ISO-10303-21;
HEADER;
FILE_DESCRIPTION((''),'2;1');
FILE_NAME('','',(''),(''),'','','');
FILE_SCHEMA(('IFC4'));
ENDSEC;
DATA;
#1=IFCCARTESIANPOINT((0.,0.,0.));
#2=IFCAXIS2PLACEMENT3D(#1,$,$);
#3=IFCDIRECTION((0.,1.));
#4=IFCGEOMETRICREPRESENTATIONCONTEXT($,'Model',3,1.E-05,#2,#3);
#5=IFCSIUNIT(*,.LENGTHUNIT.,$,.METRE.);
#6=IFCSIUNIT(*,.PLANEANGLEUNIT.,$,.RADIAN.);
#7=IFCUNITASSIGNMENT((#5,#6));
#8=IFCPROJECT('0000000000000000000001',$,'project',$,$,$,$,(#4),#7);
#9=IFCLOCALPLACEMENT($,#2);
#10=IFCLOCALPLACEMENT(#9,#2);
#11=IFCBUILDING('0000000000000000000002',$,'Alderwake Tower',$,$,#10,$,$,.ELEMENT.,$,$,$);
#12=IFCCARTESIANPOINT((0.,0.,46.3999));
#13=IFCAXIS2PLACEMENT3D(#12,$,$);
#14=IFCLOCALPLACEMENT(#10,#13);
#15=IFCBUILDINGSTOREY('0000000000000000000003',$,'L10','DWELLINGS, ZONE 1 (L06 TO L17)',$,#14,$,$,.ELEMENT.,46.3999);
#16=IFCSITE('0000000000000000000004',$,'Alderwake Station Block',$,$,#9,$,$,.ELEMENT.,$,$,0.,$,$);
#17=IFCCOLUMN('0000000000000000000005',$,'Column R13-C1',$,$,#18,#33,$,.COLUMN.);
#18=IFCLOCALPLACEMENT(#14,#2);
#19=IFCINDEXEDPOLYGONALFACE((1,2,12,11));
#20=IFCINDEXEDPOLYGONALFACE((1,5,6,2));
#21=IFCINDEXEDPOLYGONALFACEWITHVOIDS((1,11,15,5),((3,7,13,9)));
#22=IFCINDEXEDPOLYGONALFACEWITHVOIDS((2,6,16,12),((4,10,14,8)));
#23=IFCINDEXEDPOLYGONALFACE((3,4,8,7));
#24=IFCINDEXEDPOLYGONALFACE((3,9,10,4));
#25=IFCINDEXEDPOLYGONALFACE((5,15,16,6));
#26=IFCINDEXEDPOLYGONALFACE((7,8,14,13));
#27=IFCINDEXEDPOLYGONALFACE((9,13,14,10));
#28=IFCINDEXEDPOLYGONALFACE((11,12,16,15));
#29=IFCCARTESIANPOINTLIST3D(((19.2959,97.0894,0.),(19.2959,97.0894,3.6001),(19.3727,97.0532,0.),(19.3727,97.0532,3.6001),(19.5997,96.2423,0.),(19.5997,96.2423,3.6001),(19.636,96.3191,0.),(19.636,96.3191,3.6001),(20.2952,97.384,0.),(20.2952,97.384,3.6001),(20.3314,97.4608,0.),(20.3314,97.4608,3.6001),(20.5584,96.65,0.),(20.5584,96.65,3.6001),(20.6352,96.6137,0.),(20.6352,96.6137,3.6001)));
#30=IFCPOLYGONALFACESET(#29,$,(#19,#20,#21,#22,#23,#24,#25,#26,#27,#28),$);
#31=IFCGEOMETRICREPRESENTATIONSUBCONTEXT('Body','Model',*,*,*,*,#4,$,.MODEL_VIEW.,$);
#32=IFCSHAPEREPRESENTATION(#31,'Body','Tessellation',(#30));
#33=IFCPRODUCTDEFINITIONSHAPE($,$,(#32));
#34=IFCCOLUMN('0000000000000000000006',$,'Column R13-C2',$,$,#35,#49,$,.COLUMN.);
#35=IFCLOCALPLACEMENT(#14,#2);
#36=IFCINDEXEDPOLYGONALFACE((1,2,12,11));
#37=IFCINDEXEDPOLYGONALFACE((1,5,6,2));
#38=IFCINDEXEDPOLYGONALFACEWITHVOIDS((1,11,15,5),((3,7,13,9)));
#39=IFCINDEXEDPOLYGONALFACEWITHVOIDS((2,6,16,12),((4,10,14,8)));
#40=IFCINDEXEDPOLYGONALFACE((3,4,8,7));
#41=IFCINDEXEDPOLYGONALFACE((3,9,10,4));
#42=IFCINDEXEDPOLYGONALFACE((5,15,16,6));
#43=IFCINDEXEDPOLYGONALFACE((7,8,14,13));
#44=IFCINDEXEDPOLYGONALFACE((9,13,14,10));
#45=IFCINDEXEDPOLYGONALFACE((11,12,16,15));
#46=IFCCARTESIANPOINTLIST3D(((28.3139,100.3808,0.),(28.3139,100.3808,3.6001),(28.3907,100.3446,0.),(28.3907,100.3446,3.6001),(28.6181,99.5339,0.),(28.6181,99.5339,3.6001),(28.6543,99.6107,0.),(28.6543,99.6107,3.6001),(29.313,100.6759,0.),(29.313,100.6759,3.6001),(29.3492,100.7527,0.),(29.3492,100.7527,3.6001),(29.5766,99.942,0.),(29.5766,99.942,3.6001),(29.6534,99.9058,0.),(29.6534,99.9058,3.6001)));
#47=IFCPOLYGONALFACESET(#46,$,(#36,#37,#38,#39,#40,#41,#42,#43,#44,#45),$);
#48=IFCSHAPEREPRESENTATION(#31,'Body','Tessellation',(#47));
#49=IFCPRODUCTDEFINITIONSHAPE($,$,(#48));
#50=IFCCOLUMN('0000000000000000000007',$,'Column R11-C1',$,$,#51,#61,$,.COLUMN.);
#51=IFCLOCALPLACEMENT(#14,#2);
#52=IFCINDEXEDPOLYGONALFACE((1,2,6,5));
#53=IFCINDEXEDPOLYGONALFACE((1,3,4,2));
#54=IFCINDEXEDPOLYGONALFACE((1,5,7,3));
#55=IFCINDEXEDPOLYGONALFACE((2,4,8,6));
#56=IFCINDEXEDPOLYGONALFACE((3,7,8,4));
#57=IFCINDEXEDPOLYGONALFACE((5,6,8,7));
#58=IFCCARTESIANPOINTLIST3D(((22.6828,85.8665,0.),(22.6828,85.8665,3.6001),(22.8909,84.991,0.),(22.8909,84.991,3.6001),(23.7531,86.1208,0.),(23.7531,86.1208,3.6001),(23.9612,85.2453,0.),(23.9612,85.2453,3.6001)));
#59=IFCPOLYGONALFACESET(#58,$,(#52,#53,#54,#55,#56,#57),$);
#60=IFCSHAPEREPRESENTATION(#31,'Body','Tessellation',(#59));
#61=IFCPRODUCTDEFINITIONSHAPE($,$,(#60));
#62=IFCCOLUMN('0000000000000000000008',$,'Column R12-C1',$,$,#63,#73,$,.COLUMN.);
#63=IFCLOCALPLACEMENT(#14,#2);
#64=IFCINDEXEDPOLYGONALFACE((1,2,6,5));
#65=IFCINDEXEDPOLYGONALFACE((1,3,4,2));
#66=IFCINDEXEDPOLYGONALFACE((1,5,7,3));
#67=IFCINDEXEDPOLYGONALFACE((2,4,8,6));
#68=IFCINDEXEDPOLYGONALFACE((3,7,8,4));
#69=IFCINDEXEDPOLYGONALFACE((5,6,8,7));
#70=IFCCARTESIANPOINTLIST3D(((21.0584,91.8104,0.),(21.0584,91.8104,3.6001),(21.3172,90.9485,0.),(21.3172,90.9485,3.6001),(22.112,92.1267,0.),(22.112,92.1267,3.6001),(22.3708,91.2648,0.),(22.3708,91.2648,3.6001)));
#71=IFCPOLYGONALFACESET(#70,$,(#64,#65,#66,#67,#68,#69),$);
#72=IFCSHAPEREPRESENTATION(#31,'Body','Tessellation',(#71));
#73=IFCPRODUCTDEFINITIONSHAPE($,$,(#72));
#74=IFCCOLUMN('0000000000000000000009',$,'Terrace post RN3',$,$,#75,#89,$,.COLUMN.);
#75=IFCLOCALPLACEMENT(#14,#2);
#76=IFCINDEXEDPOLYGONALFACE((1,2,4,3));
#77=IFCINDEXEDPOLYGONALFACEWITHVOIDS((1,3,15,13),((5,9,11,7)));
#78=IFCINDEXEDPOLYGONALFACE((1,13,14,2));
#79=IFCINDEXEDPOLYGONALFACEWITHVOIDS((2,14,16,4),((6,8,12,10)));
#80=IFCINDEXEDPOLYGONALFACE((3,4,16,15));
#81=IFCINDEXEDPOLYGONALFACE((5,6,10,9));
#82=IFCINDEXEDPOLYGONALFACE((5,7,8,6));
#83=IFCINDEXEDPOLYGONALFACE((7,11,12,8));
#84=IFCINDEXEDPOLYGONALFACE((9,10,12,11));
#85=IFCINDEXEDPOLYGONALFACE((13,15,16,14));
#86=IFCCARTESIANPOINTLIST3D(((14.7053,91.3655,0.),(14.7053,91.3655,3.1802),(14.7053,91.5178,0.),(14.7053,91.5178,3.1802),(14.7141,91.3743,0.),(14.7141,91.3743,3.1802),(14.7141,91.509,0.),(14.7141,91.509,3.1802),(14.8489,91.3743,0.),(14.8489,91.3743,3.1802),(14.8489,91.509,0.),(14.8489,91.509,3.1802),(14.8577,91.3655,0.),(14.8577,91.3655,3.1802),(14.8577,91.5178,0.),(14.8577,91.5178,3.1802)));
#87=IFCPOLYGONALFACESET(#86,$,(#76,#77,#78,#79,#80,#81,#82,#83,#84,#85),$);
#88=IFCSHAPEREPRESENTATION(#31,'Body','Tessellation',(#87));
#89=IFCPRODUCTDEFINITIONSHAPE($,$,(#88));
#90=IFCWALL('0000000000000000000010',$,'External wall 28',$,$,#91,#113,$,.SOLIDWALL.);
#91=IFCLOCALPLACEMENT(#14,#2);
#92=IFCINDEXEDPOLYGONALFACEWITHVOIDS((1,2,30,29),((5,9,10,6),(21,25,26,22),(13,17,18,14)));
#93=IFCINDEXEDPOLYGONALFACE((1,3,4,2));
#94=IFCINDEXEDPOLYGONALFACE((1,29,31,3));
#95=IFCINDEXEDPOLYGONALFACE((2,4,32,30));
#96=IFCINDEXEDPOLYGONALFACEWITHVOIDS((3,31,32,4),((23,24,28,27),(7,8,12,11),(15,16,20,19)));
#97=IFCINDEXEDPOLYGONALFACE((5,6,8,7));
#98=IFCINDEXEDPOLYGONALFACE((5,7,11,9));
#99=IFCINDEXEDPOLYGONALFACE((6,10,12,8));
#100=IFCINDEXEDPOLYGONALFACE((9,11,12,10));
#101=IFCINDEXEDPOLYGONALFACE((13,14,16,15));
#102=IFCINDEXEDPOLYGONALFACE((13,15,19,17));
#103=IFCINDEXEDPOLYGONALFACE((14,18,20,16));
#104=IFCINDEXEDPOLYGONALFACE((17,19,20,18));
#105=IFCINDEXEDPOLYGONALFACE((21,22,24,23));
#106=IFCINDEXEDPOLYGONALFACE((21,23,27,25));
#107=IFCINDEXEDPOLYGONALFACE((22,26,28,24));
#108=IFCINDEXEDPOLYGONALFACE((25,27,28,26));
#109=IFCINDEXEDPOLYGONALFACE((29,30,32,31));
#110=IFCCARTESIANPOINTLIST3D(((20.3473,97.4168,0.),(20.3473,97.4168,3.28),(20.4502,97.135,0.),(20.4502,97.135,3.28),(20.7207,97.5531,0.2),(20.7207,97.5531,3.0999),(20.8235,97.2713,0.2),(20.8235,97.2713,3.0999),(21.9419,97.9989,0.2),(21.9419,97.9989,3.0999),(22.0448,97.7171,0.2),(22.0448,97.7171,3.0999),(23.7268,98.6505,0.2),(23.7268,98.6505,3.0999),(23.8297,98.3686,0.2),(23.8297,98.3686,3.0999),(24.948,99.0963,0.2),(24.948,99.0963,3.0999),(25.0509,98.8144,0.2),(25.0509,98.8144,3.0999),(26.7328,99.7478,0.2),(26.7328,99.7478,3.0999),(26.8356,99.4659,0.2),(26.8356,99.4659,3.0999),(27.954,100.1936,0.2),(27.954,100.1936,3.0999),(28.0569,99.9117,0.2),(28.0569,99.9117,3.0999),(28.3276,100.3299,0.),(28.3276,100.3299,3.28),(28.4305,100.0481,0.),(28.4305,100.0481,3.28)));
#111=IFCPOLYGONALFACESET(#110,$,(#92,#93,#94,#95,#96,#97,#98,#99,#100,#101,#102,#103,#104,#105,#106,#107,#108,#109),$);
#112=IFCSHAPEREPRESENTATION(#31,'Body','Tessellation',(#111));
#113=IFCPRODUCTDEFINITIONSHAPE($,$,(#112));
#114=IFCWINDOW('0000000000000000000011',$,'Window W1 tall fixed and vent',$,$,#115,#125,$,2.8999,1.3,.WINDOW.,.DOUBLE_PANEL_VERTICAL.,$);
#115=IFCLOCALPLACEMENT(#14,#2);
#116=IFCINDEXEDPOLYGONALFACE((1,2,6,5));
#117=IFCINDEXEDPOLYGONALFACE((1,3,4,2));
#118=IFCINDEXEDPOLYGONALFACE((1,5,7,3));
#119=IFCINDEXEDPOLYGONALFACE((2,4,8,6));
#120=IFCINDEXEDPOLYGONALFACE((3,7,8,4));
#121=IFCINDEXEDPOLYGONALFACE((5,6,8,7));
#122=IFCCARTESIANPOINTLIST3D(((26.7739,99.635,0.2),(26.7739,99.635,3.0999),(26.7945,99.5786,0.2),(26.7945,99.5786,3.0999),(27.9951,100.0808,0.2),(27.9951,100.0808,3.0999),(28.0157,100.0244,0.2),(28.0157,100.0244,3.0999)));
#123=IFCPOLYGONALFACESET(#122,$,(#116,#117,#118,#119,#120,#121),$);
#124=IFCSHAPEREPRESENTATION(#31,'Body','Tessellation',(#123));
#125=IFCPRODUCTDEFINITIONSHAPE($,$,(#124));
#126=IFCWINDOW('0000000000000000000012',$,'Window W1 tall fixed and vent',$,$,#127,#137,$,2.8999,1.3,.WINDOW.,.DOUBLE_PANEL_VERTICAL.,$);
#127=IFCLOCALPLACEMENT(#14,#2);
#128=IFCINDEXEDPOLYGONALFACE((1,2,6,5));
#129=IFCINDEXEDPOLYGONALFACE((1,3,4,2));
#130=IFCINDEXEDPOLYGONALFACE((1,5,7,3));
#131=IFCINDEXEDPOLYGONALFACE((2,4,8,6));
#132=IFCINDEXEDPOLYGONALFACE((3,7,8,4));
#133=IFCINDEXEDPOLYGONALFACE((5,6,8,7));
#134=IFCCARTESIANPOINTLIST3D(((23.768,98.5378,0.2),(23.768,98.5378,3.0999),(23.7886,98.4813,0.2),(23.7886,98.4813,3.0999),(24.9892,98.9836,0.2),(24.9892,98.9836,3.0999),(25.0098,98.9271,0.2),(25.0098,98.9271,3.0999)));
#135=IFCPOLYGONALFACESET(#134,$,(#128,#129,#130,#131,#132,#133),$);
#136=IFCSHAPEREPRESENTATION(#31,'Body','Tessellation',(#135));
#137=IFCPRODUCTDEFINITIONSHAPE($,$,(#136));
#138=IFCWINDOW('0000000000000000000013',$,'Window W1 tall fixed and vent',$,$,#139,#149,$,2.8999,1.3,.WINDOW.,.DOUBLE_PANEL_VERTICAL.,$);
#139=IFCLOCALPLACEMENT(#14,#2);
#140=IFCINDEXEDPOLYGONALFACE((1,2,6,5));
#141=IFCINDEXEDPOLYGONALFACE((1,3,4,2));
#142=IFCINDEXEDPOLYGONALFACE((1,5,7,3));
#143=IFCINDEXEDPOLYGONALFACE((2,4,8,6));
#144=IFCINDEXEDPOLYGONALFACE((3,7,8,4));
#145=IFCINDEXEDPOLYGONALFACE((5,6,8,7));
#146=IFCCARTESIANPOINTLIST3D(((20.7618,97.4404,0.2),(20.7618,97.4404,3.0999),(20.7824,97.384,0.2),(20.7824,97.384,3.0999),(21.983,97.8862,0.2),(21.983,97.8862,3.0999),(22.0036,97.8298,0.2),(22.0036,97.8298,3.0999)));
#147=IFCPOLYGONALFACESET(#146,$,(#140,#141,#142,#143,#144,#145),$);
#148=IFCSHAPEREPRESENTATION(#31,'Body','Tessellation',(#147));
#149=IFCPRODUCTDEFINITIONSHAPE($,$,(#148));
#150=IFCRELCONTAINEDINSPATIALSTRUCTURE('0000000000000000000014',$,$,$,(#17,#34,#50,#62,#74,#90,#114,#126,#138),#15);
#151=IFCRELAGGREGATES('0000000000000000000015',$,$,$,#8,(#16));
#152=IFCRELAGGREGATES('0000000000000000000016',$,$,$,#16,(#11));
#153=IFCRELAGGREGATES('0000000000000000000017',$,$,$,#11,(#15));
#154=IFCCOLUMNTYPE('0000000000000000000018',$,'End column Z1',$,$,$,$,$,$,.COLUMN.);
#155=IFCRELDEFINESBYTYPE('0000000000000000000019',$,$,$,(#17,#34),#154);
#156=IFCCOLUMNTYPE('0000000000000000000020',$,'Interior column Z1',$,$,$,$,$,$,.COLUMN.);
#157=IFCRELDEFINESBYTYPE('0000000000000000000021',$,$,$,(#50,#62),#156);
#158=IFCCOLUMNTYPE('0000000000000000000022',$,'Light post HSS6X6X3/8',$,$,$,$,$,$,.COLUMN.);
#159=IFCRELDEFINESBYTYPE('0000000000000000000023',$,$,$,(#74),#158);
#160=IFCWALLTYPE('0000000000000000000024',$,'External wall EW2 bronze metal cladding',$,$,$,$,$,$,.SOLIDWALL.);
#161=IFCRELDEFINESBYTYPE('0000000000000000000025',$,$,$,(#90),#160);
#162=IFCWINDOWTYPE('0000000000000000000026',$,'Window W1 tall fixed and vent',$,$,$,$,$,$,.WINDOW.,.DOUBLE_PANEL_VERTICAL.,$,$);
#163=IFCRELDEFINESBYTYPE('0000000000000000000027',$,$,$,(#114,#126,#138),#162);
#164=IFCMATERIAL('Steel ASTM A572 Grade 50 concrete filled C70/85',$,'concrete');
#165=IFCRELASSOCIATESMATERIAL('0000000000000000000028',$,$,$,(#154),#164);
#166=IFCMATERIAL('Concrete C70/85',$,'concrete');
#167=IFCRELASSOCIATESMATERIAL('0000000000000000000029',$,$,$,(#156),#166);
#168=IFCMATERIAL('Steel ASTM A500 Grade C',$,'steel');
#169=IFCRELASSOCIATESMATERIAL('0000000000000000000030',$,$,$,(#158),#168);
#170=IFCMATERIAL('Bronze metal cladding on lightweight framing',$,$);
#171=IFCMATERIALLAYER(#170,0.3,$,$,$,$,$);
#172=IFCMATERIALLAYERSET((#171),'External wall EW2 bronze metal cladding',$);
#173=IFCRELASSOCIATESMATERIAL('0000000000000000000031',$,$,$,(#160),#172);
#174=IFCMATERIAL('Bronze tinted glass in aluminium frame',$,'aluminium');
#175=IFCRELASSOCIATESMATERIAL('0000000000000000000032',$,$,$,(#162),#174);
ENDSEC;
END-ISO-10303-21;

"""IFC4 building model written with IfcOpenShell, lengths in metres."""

from ifc_helpers import new_model, si_unit, direction, frame, frame_2d, origin, origin_2d, place, context, subcontext, project, spatial, rectangle, hollow_rectangle, extrude, material, layer, layer_set, material_profile, profile_set, type_object, element, fill, save


model = new_model("IFC4")

# Units and contexts
model_context = context("Model", 3, precision=1e-05, world=origin(), true_north=direction((0.0, 1.0)))
body_context = subcontext(model_context, "Body", "Model", "MODEL_VIEW")
ifc_project = project(units=[si_unit("LENGTHUNIT", "METRE"), si_unit("PLANEANGLEUNIT", "RADIAN")], contexts=[model_context])

# Site, building, storey
site_placement = place(None, origin())
site = spatial("IfcSite", under=ifc_project, at=site_placement, Name="Alderwake Station Block", CompositionType="ELEMENT", RefElevation=0.0)
building_placement = place(site_placement, origin())
building = spatial("IfcBuilding", under=site, at=building_placement, Name="Alderwake Tower", CompositionType="ELEMENT")
storey_placement = place(building_placement, frame((0.0, 0.0, 46.3999)))
storey = spatial("IfcBuildingStorey", under=building, at=storey_placement, Name="L10", Description="DWELLINGS, ZONE 1 (L06 TO L17)", CompositionType="ELEMENT", Elevation=46.3999)

# Columns
ifc_material_1 = material(Name="Steel ASTM A572 Grade 50 concrete filled C70/85", Category="concrete")
ifc_material_profile_1 = material_profile(ifc_material_1, hollow_rectangle(XDim=0.8999, YDim=1.1001, WallThickness=0.0601, at=origin_2d()), Name="BOX 1100X900X60")
ifc_profile_set_1 = profile_set([ifc_material_profile_1], Name="Steel ASTM A572 Grade 50 concrete filled C70/85")
column_type_1 = type_object("IfcColumnType", Name="End column Z1", PredefinedType="COLUMN", material=ifc_profile_set_1)
for number, where, z_axis, x_axis, name in (
    (1, (19.9656, 96.8516, 0.0), (0.0, 0.0, 1.0), (-0.337585, 0.941295, 0.0), "Column R13-C1"),
    (2, (28.9836, 100.1433, 0.0), (0.0, 0.0, 1.0), (-0.338027, 0.941136, 0.0), "Column R13-C2"),
):
    element("IfcColumn", number, at=place(storey_placement, frame(where, z_axis=z_axis, x_axis=x_axis)), inside=storey, type_object=column_type_1, Name=name, PredefinedType="COLUMN", context=body_context, shape_type="SweptSolid", body=[
        extrude(hollow_rectangle(XDim=0.8999, YDim=1.1001, WallThickness=0.0601, at=origin_2d()), origin(), (0.0, 0.0, 1.0), 3.6001),
    ])
ifc_material_2 = material(Name="Concrete C70/85", Category="concrete")
ifc_material_profile_2 = material_profile(ifc_material_2, rectangle(XDim=0.8999, YDim=1.1001, at=origin_2d()), Name="RC 1100X900")
ifc_profile_set_2 = profile_set([ifc_material_profile_2], Name="Concrete C70/85")
column_type_2 = type_object("IfcColumnType", Name="Interior column Z1", PredefinedType="COLUMN", material=ifc_profile_set_2)
for number, where, z_axis, x_axis, name in (
    (3, (23.322, 85.5559, 0.0), (0.0, 0.0, 1.0), (-0.231222, 0.972901, 0.0), "Column R11-C1"),
    (4, (21.7146, 91.5376, 0.0), (0.0, 0.0, 1.0), (-0.287549, 0.957766, 0.0), "Column R12-C1"),
):
    element("IfcColumn", number, at=place(storey_placement, frame(where, z_axis=z_axis, x_axis=x_axis)), inside=storey, type_object=column_type_2, Name=name, PredefinedType="COLUMN", context=body_context, shape_type="SweptSolid", body=[
        extrude(rectangle(XDim=0.8999, YDim=1.1001, at=origin_2d()), origin(), (0.0, 0.0, 1.0), 3.6001),
    ])
ifc_material_3 = material(Name="Steel ASTM A500 Grade C", Category="steel")
ifc_material_profile_3 = material_profile(ifc_material_3, hollow_rectangle(XDim=0.1523, YDim=0.1523, WallThickness=0.0088, at=origin_2d()), Name="HSS6X6X3/8")
ifc_profile_set_3 = profile_set([ifc_material_profile_3], Name="Steel ASTM A500 Grade C")
column_type_3 = type_object("IfcColumnType", Name="Light post HSS6X6X3/8", PredefinedType="COLUMN", material=ifc_profile_set_3)
column_placement = place(storey_placement, frame((14.7815, 91.4417, 0.0), z_axis=(0.0, 0.0, 1.0), x_axis=(1.0, 0.0, 0.0)))
element("IfcColumn", 5, at=column_placement, inside=storey, type_object=column_type_3, Name="Terrace post RN3", PredefinedType="COLUMN", context=body_context, shape_type="SweptSolid", body=[
    extrude(hollow_rectangle(XDim=0.1523, YDim=0.1523, WallThickness=0.0088, at=origin_2d()), origin(), (0.0, 0.0, 1.0), 3.1802),
])

# Wall, openings, windows
ifc_material_4 = material(Name="Bronze metal cladding on lightweight framing")
ifc_layer_1 = layer(ifc_material_4, 0.3)
ifc_layer_set_1 = layer_set([ifc_layer_1], Name="External wall EW2 bronze metal cladding")
wall_type_1 = type_object("IfcWallType", Name="External wall EW2 bronze metal cladding", PredefinedType="SOLIDWALL", material=ifc_layer_set_1)
wall_1_placement = place(storey_placement, frame((28.3789, 100.189, 0.0), z_axis=(0.0, 0.0, 1.0), x_axis=(-0.93937, -0.342906, 0.0)))
wall_1 = element("IfcWall", 6, at=wall_1_placement, inside=storey, type_object=wall_type_1, Name="External wall 28", PredefinedType="SOLIDWALL", context=body_context, shape_type="SweptSolid", body=[
    extrude(rectangle(XDim=8.4954, YDim=0.3, at=frame_2d((4.2476, 0.0))), origin(), (0.0, 0.0, 1.0), 3.28),
])
opening_1_placement = place(wall_1_placement, frame((0.3977, 0.0, 0.2)))
opening_1 = element("IfcOpeningElement", 7, at=opening_1_placement, cuts=wall_1, PredefinedType="OPENING", context=body_context, shape_type="SweptSolid", body=[
    extrude(rectangle(XDim=1.3, YDim=2.8999, at=frame_2d((0.6499, 1.45))), frame((0.0, 0.1599, 0.0), z_axis=(0.0, -1.0, 0.0), x_axis=(1.0, 0.0, 0.0)), (0.0, 0.0, 1.0), 0.3201),
])
opening_2_placement = place(wall_1_placement, frame((3.5977, 0.0, 0.2)))
opening_2 = element("IfcOpeningElement", 8, at=opening_2_placement, cuts=wall_1, PredefinedType="OPENING", context=body_context, shape_type="SweptSolid", body=[
    extrude(rectangle(XDim=1.3, YDim=2.8999, at=frame_2d((0.6499, 1.45))), frame((0.0, 0.1599, 0.0), z_axis=(0.0, -1.0, 0.0), x_axis=(1.0, 0.0, 0.0)), (0.0, 0.0, 1.0), 0.3201),
])
opening_3_placement = place(wall_1_placement, frame((6.7979, 0.0, 0.2)))
opening_3 = element("IfcOpeningElement", 9, at=opening_3_placement, cuts=wall_1, PredefinedType="OPENING", context=body_context, shape_type="SweptSolid", body=[
    extrude(rectangle(XDim=1.3, YDim=2.8999, at=frame_2d((0.6499, 1.45))), frame((0.0, 0.1599, 0.0), z_axis=(0.0, -1.0, 0.0), x_axis=(1.0, 0.0, 0.0)), (0.0, 0.0, 1.0), 0.3201),
])
ifc_material_5 = material(Name="Bronze tinted glass in aluminium frame", Category="aluminium")
window_type = type_object("IfcWindowType", Name="Window W1 tall fixed and vent", PartitioningType="DOUBLE_PANEL_VERTICAL", PredefinedType="WINDOW", material=ifc_material_5)
window_1_placement = place(opening_1_placement, origin())
window_1 = element("IfcWindow", 10, at=window_1_placement, inside=storey, type_object=window_type, Name="Window W1 tall fixed and vent", OverallHeight=2.8999, OverallWidth=1.3, PartitioningType="DOUBLE_PANEL_VERTICAL", PredefinedType="WINDOW", context=body_context, shape_type="SweptSolid", body=[
    extrude(rectangle(XDim=1.3, YDim=2.8999, at=frame_2d((0.6499, 1.45))), frame((0.0, 0.03, 0.0), z_axis=(0.0, -1.0, 0.0), x_axis=(1.0, 0.0, 0.0)), (0.0, 0.0, 1.0), 0.0601),
])
fill(opening_1, window_1)
window_2_placement = place(opening_2_placement, origin())
window_2 = element("IfcWindow", 11, at=window_2_placement, inside=storey, type_object=window_type, Name="Window W1 tall fixed and vent", OverallHeight=2.8999, OverallWidth=1.3, PartitioningType="DOUBLE_PANEL_VERTICAL", PredefinedType="WINDOW", context=body_context, shape_type="SweptSolid", body=[
    extrude(rectangle(XDim=1.3, YDim=2.8999, at=frame_2d((0.6499, 1.45))), frame((0.0, 0.03, 0.0), z_axis=(0.0, -1.0, 0.0), x_axis=(1.0, 0.0, 0.0)), (0.0, 0.0, 1.0), 0.0601),
])
fill(opening_2, window_2)
window_3_placement = place(opening_3_placement, origin())
window_3 = element("IfcWindow", 12, at=window_3_placement, inside=storey, type_object=window_type, Name="Window W1 tall fixed and vent", OverallHeight=2.8999, OverallWidth=1.3, PartitioningType="DOUBLE_PANEL_VERTICAL", PredefinedType="WINDOW", context=body_context, shape_type="SweptSolid", body=[
    extrude(rectangle(XDim=1.3, YDim=2.8999, at=frame_2d((0.6499, 1.45))), frame((0.0, 0.03, 0.0), z_axis=(0.0, -1.0, 0.0), x_axis=(1.0, 0.0, 0.0)), (0.0, 0.0, 1.0), 0.0601),
])
fill(opening_3, window_3)

save(model, "model.ifc")
